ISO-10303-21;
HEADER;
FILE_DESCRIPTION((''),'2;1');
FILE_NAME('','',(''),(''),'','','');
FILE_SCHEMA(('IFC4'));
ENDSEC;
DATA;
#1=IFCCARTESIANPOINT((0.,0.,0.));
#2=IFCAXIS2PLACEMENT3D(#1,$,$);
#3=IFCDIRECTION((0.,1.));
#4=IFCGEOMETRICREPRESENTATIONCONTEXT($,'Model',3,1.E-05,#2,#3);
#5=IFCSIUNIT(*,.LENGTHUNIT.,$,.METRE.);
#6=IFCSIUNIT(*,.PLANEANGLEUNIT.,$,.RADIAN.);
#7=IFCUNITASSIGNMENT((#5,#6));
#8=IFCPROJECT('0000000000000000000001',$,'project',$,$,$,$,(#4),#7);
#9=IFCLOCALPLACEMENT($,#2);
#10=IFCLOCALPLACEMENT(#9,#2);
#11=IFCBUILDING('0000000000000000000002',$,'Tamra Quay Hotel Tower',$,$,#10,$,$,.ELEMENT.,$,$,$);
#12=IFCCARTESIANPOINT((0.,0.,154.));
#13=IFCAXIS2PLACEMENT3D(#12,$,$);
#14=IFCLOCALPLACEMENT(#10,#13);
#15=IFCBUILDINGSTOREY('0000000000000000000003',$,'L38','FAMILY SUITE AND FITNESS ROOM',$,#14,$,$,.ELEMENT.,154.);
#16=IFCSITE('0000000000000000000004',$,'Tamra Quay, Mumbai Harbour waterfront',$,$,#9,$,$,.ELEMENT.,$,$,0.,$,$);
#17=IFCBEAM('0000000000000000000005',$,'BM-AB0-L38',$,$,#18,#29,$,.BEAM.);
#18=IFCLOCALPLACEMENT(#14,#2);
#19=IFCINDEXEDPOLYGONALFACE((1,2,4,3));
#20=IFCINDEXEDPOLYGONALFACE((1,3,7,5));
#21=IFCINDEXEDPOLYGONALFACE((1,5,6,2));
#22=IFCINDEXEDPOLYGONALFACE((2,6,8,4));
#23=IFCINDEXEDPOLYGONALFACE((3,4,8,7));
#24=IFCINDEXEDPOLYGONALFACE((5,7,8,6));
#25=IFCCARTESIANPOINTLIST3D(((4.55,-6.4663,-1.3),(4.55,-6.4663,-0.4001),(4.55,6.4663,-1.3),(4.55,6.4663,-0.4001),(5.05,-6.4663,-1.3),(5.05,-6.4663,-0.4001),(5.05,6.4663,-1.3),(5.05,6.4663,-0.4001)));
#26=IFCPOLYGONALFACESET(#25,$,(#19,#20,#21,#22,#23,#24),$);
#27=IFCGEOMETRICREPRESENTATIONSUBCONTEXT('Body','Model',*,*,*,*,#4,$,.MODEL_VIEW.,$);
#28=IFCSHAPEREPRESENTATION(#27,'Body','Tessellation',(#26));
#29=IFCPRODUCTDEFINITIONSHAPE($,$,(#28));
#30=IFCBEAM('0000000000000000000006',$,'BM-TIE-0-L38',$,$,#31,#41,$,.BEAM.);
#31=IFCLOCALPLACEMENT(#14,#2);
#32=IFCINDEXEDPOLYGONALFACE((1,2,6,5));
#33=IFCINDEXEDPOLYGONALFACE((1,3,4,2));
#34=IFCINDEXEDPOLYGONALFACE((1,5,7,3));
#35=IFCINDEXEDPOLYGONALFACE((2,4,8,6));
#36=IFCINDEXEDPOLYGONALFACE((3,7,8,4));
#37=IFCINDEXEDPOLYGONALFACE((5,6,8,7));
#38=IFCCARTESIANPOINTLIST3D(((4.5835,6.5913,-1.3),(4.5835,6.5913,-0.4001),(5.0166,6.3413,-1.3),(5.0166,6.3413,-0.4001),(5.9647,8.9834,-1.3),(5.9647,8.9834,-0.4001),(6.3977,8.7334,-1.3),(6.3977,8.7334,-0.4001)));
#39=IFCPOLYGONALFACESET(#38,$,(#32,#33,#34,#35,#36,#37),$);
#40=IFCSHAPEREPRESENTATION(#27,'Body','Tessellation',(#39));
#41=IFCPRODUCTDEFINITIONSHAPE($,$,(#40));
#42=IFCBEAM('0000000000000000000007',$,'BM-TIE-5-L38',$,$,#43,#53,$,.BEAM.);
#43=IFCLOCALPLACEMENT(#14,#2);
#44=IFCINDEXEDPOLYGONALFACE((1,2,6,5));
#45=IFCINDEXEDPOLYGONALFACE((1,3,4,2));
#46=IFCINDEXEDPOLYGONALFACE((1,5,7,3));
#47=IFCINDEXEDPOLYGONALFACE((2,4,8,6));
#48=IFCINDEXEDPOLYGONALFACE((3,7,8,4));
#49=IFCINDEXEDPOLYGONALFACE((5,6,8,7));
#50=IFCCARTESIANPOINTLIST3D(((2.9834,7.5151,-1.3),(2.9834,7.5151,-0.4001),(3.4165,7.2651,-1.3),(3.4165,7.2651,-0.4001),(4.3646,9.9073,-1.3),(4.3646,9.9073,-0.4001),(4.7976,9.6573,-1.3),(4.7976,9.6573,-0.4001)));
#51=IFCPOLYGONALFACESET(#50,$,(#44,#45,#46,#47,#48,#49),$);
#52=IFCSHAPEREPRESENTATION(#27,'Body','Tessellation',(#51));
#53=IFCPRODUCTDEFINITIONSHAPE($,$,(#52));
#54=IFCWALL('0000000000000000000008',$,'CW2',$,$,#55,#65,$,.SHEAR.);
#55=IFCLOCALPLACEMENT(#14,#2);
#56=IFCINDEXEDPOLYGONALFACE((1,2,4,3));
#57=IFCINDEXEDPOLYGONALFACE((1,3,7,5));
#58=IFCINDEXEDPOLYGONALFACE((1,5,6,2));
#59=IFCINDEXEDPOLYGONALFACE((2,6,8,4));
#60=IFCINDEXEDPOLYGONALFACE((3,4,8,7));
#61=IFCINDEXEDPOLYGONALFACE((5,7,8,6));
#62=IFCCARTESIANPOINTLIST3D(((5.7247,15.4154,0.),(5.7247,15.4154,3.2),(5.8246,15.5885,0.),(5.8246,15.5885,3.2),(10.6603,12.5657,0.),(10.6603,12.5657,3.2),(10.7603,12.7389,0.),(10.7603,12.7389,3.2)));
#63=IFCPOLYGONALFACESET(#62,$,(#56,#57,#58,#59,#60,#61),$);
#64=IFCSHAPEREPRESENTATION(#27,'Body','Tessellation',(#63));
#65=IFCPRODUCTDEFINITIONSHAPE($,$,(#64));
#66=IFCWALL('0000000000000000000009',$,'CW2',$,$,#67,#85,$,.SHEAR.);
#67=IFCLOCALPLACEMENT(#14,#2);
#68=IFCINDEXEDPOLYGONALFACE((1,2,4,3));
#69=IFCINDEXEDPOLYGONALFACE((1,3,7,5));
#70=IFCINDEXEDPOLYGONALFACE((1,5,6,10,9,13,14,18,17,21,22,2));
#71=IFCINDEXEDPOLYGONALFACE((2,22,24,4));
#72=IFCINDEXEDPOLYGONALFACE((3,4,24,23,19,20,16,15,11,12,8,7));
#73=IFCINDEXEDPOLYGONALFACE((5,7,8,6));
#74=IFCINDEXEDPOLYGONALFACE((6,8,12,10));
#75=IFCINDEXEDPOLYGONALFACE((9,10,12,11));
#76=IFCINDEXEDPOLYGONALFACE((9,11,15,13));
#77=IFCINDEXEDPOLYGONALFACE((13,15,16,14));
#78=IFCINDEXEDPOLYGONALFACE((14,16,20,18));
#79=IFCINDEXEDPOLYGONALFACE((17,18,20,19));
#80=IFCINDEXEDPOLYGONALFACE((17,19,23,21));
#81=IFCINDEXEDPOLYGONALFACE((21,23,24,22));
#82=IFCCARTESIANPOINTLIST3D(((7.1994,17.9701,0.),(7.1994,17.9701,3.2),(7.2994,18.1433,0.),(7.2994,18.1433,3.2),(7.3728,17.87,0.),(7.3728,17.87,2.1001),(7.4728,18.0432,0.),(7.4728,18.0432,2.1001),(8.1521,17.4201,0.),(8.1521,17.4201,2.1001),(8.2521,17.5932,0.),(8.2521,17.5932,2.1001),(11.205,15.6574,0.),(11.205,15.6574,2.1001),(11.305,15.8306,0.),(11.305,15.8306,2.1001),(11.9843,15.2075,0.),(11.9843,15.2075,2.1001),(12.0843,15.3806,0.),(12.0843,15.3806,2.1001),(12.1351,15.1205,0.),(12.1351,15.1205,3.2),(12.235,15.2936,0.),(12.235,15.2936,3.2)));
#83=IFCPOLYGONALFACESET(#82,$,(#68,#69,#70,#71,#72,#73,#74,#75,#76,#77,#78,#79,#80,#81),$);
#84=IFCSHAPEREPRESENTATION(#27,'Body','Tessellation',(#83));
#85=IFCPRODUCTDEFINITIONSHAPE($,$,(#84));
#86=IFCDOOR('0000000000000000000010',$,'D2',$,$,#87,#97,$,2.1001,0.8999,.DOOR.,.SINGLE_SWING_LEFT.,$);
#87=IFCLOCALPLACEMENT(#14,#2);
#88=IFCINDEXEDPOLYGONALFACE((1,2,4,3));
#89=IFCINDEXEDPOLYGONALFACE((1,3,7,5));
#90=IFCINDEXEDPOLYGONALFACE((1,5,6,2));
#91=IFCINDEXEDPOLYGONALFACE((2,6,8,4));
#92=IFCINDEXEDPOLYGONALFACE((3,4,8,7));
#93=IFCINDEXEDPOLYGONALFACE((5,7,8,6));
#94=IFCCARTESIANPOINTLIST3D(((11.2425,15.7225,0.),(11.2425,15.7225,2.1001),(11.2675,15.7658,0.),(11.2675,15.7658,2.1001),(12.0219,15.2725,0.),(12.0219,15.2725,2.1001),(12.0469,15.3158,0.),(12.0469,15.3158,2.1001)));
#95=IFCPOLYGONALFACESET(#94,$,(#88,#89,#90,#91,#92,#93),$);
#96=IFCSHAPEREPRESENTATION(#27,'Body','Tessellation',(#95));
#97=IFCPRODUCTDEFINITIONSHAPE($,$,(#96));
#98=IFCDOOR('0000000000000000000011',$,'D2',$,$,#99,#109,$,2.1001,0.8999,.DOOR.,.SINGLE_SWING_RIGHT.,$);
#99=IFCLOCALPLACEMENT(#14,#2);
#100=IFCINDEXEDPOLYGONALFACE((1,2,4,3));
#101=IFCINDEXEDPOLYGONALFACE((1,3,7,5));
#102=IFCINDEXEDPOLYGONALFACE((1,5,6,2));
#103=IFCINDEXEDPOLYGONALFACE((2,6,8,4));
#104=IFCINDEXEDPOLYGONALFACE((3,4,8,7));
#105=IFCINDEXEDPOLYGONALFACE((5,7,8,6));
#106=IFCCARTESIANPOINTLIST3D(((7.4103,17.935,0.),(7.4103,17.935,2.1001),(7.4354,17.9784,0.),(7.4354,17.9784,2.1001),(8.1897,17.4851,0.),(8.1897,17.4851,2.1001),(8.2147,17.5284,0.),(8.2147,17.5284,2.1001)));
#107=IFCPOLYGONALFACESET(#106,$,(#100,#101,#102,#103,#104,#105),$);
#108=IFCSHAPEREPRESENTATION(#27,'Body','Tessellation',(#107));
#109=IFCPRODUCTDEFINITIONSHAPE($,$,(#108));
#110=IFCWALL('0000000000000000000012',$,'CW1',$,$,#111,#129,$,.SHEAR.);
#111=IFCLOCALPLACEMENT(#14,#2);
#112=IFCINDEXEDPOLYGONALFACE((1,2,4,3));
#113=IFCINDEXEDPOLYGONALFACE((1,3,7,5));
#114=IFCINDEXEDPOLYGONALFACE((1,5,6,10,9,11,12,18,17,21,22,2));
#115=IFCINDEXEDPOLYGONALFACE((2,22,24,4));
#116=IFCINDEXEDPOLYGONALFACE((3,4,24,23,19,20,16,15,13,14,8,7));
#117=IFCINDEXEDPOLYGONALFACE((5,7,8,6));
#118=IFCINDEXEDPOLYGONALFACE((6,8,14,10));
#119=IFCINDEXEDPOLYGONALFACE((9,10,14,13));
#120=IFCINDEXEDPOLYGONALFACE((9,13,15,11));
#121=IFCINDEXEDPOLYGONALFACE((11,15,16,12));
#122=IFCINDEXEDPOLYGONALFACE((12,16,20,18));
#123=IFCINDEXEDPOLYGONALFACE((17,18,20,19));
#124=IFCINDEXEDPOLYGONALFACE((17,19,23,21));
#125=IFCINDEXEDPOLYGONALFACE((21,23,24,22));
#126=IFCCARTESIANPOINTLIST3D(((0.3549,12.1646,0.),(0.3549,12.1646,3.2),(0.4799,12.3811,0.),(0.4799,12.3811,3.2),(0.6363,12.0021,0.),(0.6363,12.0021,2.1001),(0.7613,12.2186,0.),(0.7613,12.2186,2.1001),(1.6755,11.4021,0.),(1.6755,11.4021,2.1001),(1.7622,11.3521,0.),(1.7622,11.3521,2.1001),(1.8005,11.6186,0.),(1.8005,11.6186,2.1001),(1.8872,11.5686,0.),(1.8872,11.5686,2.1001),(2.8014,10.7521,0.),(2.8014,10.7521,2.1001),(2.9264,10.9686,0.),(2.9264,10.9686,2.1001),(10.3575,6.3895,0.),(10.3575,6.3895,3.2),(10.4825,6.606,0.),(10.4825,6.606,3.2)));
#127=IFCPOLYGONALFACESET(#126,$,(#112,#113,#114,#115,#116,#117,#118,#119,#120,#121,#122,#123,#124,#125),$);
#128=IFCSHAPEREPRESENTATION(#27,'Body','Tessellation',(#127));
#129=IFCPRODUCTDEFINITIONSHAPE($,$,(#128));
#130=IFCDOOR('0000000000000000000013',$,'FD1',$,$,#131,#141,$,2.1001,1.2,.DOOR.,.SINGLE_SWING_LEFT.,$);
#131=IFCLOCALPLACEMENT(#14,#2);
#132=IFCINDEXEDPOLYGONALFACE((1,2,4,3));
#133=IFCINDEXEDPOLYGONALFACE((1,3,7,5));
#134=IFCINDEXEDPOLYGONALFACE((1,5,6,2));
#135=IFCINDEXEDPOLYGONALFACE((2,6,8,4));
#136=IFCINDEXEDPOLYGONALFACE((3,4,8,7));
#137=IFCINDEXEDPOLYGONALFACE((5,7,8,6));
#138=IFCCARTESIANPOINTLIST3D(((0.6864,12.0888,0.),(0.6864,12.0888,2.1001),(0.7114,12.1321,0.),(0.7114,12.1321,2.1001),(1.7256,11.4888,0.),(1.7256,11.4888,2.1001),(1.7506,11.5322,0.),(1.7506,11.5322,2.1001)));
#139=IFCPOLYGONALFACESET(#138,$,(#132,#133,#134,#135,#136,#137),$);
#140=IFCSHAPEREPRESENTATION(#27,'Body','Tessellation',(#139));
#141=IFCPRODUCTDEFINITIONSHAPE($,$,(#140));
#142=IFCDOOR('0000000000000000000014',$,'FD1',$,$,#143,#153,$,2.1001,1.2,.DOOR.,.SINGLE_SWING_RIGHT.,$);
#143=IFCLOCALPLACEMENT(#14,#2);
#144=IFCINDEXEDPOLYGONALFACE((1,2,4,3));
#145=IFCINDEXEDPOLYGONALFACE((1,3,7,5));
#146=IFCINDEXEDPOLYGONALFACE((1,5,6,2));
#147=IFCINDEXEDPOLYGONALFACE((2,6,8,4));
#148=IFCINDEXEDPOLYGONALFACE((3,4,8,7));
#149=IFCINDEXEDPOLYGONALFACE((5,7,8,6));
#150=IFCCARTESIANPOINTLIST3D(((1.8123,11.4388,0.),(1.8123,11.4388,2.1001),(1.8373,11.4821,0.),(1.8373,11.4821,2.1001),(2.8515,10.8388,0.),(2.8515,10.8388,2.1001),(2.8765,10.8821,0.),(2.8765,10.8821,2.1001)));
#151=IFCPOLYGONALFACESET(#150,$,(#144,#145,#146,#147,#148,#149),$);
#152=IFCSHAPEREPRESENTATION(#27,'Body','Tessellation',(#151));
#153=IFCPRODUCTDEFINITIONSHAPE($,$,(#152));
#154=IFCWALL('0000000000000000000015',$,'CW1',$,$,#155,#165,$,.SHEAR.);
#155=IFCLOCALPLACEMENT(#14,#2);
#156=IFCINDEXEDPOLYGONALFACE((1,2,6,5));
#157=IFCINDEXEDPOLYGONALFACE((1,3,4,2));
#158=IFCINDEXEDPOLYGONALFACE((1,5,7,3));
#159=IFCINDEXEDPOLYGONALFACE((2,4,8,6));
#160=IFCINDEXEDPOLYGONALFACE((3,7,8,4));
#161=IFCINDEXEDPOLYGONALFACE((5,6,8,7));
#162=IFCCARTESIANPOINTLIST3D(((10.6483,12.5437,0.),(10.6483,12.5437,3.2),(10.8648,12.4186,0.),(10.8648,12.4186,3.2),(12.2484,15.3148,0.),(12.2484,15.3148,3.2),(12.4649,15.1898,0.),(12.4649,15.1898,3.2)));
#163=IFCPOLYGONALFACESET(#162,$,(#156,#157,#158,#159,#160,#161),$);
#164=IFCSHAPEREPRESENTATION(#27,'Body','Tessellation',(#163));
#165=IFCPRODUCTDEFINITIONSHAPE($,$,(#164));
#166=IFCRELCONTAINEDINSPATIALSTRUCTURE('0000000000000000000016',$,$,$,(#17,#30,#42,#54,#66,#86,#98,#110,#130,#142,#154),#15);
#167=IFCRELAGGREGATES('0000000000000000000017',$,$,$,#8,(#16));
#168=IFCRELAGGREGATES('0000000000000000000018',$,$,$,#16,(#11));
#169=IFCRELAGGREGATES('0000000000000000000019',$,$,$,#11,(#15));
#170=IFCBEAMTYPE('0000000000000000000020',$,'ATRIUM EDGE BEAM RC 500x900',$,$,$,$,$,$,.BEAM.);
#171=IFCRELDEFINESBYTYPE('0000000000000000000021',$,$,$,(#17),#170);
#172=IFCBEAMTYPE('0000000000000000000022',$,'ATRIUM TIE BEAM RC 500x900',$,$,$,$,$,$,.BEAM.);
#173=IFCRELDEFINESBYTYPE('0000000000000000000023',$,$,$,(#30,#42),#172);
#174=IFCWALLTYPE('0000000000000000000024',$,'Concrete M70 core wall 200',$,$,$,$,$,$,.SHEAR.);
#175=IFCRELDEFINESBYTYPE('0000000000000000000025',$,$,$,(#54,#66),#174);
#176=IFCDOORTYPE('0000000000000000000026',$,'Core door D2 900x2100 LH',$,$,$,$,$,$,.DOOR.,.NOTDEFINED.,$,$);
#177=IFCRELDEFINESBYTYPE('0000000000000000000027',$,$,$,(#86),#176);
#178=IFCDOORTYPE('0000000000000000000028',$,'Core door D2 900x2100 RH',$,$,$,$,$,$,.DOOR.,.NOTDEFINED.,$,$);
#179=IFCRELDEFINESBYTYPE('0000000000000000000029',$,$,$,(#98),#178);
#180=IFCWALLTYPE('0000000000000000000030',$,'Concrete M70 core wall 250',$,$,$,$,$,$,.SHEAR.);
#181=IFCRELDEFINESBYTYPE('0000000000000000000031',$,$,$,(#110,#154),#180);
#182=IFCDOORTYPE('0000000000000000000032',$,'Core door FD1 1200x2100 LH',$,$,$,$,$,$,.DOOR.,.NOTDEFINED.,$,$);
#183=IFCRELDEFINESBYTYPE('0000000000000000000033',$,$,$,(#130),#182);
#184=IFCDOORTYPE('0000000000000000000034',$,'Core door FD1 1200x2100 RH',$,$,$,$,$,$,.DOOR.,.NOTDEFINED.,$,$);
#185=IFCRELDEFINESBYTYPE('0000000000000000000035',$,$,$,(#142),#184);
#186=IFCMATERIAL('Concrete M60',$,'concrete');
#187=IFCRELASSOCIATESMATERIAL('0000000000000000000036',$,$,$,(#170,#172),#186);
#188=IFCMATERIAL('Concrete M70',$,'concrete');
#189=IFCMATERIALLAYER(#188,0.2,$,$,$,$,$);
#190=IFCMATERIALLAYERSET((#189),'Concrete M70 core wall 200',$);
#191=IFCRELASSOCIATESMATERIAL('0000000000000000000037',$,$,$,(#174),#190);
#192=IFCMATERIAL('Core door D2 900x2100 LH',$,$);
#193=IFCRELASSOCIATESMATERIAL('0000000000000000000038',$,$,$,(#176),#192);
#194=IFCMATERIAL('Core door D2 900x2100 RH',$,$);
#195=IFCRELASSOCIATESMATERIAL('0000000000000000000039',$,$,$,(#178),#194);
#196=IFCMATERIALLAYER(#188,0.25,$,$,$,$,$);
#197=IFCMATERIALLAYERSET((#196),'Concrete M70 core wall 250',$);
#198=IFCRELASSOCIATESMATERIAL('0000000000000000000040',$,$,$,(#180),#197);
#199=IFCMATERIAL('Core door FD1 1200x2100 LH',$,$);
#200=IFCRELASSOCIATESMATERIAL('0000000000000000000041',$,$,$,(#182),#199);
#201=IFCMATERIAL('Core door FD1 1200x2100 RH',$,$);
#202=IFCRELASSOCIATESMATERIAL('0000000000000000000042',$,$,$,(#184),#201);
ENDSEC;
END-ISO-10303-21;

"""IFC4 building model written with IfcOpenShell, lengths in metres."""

from ifc_helpers import new_model, si_unit, direction, frame, frame_2d, origin, origin_2d, place, context, subcontext, project, spatial, rectangle, extrude, material, layer, layer_set, material_profile, profile_set, type_object, element, fill, save


model = new_model("IFC4")

# Units and contexts
model_context = context("Model", 3, precision=1e-05, world=origin(), true_north=direction((0.0, 1.0)))
body_context = subcontext(model_context, "Body", "Model", "MODEL_VIEW")
ifc_project = project(units=[si_unit("LENGTHUNIT", "METRE"), si_unit("PLANEANGLEUNIT", "RADIAN")], contexts=[model_context])

# Site, building, storey
site_placement = place(None, origin())
site = spatial("IfcSite", under=ifc_project, at=site_placement, Name="Tamra Quay, Mumbai Harbour waterfront", CompositionType="ELEMENT", RefElevation=0.0)
building_placement = place(site_placement, origin())
building = spatial("IfcBuilding", under=site, at=building_placement, Name="Tamra Quay Hotel Tower", CompositionType="ELEMENT")
storey_placement = place(building_placement, frame((0.0, 0.0, 154.0)))
storey = spatial("IfcBuildingStorey", under=building, at=storey_placement, Name="L38", Description="FAMILY SUITE AND FITNESS ROOM", CompositionType="ELEMENT", Elevation=154.0)

# Beams
ifc_material_1 = material(Name="Concrete M60", Category="concrete")
ifc_material_profile_1 = material_profile(ifc_material_1, rectangle(XDim=0.5, YDim=0.8999, at=origin_2d()), Name="ATRIUM EDGE BEAM RC 500x900")
ifc_profile_set_1 = profile_set([ifc_material_profile_1], Name="Concrete M60")
beam_type_1 = type_object("IfcBeamType", Name="ATRIUM EDGE BEAM RC 500x900", PredefinedType="BEAM", material=ifc_profile_set_1)
beam_placement = place(storey_placement, frame((4.8, 6.4663, -0.8501), z_axis=(0.0, -1.0, 0.0), x_axis=(1.0, 0.0, 0.0)))
element("IfcBeam", 1, at=beam_placement, inside=storey, type_object=beam_type_1, Name="BM-AB0-L38", PredefinedType="BEAM", context=body_context, shape_type="SweptSolid", body=[
    extrude(rectangle(XDim=0.5, YDim=0.8999, at=origin_2d()), origin(), (0.0, 0.0, 1.0), 12.9326),
])
ifc_material_profile_2 = material_profile(ifc_material_1, rectangle(XDim=0.5, YDim=0.8999, at=origin_2d()), Name="ATRIUM TIE BEAM RC 500x900")
ifc_profile_set_2 = profile_set([ifc_material_profile_2], Name="Concrete M60")
beam_type_2 = type_object("IfcBeamType", Name="ATRIUM TIE BEAM RC 500x900", PredefinedType="BEAM", material=ifc_profile_set_2)
for number, where, z_axis, x_axis, name in (
    (2, (4.8, 6.4663, -0.8501), (0.500008, 0.866021, 0.0), (-0.866021, 0.500008, 0.0), "BM-TIE-0-L38"),
    (3, (3.2, 7.3901, -0.8501), (0.500008, 0.866021, 0.0), (-0.866021, 0.500008, 0.0), "BM-TIE-5-L38"),
):
    element("IfcBeam", number, at=place(storey_placement, frame(where, z_axis=z_axis, x_axis=x_axis)), inside=storey, type_object=beam_type_2, Name=name, PredefinedType="BEAM", context=body_context, shape_type="SweptSolid", body=[
        extrude(rectangle(XDim=0.5, YDim=0.8999, at=origin_2d()), origin(), (0.0, 0.0, 1.0), 2.7622),
    ])

# Wall
ifc_material_2 = material(Name="Concrete M70", Category="concrete")
ifc_layer_1 = layer(ifc_material_2, 0.2)
ifc_layer_set_1 = layer_set([ifc_layer_1], Name="Concrete M70 core wall 200")
wall_type_1 = type_object("IfcWallType", Name="Concrete M70 core wall 200", PredefinedType="SHEAR", material=ifc_layer_set_1)
wall_1_placement = place(storey_placement, frame((5.7747, 15.502, 0.0), z_axis=(0.0, 0.0, 1.0), x_axis=(0.86602, -0.500009, 0.0)))
element("IfcWall", 4, at=wall_1_placement, inside=storey, type_object=wall_type_1, Name="CW2", PredefinedType="SHEAR", context=body_context, shape_type="SweptSolid", body=[
    extrude(rectangle(XDim=5.6992, YDim=0.2, at=frame_2d((2.8496, 0.0))), origin(), (0.0, 0.0, 1.0), 3.2),
])

# Walls, openings, doors
wall_2_placement = place(storey_placement, frame((12.1851, 15.207, 0.0), z_axis=(0.0, 0.0, 1.0), x_axis=(-0.86602, 0.500009, 0.0)))
wall_2 = element("IfcWall", 5, at=wall_2_placement, inside=storey, type_object=wall_type_1, Name="CW2", PredefinedType="SHEAR", context=body_context, shape_type="SweptSolid", body=[
    extrude(rectangle(XDim=5.6992, YDim=0.2, at=frame_2d((2.8496, 0.0))), origin(), (0.0, 0.0, 1.0), 3.2),
])
opening_1_placement = place(wall_2_placement, frame((0.1741, 0.0, 0.0)))
opening_1 = element("IfcOpeningElement", 6, at=opening_1_placement, cuts=wall_2, PredefinedType="OPENING", context=body_context, shape_type="SweptSolid", body=[
    extrude(rectangle(XDim=0.8999, YDim=2.1001, at=frame_2d((0.45, 1.05))), frame((0.0, 0.1099, 0.0), z_axis=(0.0, -1.0, 0.0), x_axis=(1.0, 0.0, 0.0)), (0.0, 0.0, 1.0), 0.22),
])
opening_2_placement = place(wall_2_placement, frame((4.5991, 0.0, 0.0)))
opening_2 = element("IfcOpeningElement", 7, at=opening_2_placement, cuts=wall_2, PredefinedType="OPENING", context=body_context, shape_type="SweptSolid", body=[
    extrude(rectangle(XDim=0.8999, YDim=2.1001, at=frame_2d((0.45, 1.05))), frame((0.0, 0.1099, 0.0), z_axis=(0.0, -1.0, 0.0), x_axis=(1.0, 0.0, 0.0)), (0.0, 0.0, 1.0), 0.22),
])
ifc_material_3 = material(Name="Core door D2 900x2100 LH")
door_type_1 = type_object("IfcDoorType", Name="Core door D2 900x2100 LH", OperationType="NOTDEFINED", PredefinedType="DOOR", material=ifc_material_3)
door_1_placement = place(opening_1_placement, origin())
door_1 = element("IfcDoor", 8, at=door_1_placement, inside=storey, type_object=door_type_1, Name="D2", OperationType="SINGLE_SWING_LEFT", OverallHeight=2.1001, OverallWidth=0.8999, PredefinedType="DOOR", context=body_context, shape_type="SweptSolid", body=[
    extrude(rectangle(XDim=0.8999, YDim=2.1001, at=frame_2d((0.45, 1.05))), frame((0.0, 0.0249, 0.0), z_axis=(0.0, -1.0, 0.0), x_axis=(1.0, 0.0, 0.0)), (0.0, 0.0, 1.0), 0.05),
])
fill(opening_1, door_1)
ifc_material_4 = material(Name="Core door D2 900x2100 RH")
door_type_2 = type_object("IfcDoorType", Name="Core door D2 900x2100 RH", OperationType="NOTDEFINED", PredefinedType="DOOR", material=ifc_material_4)
door_2_placement = place(opening_2_placement, origin())
door_2 = element("IfcDoor", 9, at=door_2_placement, inside=storey, type_object=door_type_2, Name="D2", OperationType="SINGLE_SWING_RIGHT", OverallHeight=2.1001, OverallWidth=0.8999, PredefinedType="DOOR", context=body_context, shape_type="SweptSolid", body=[
    extrude(rectangle(XDim=0.8999, YDim=2.1001, at=frame_2d((0.45, 1.05))), frame((0.0, 0.0249, 0.0), z_axis=(0.0, -1.0, 0.0), x_axis=(1.0, 0.0, 0.0)), (0.0, 0.0, 1.0), 0.05),
])
fill(opening_2, door_2)
ifc_layer_2 = layer(ifc_material_2, 0.25)
ifc_layer_set_2 = layer_set([ifc_layer_2], Name="Concrete M70 core wall 250")
wall_type_2 = type_object("IfcWallType", Name="Concrete M70 core wall 250", PredefinedType="SHEAR", material=ifc_layer_set_2)
wall_3_placement = place(storey_placement, frame((10.4199, 6.4978, 0.0), z_axis=(0.0, 0.0, 1.0), x_axis=(-0.866022, 0.500006, 0.0)))
wall_3 = element("IfcWall", 10, at=wall_3_placement, inside=storey, type_object=wall_type_2, Name="CW1", PredefinedType="SHEAR", context=body_context, shape_type="SweptSolid", body=[
    extrude(rectangle(XDim=11.55, YDim=0.25, at=frame_2d((5.7749, 0.0))), origin(), (0.0, 0.0, 1.0), 3.2),
])
opening_3_placement = place(wall_3_placement, frame((10.0249, 0.0, 0.0)))
opening_3 = element("IfcOpeningElement", 11, at=opening_3_placement, cuts=wall_3, PredefinedType="OPENING", context=body_context, shape_type="SweptSolid", body=[
    extrude(rectangle(XDim=1.2, YDim=2.1001, at=frame_2d((0.6001, 1.05))), frame((0.0, 0.135, 0.0), z_axis=(0.0, -1.0, 0.0), x_axis=(1.0, 0.0, 0.0)), (0.0, 0.0, 1.0), 0.27),
])
opening_4_placement = place(wall_3_placement, frame((8.7249, 0.0, 0.0)))
opening_4 = element("IfcOpeningElement", 12, at=opening_4_placement, cuts=wall_3, PredefinedType="OPENING", context=body_context, shape_type="SweptSolid", body=[
    extrude(rectangle(XDim=1.2, YDim=2.1001, at=frame_2d((0.6001, 1.05))), frame((0.0, 0.135, 0.0), z_axis=(0.0, -1.0, 0.0), x_axis=(1.0, 0.0, 0.0)), (0.0, 0.0, 1.0), 0.27),
])
ifc_material_5 = material(Name="Core door FD1 1200x2100 LH")
door_type_3 = type_object("IfcDoorType", Name="Core door FD1 1200x2100 LH", OperationType="NOTDEFINED", PredefinedType="DOOR", material=ifc_material_5)
door_3_placement = place(opening_3_placement, origin())
door_3 = element("IfcDoor", 13, at=door_3_placement, inside=storey, type_object=door_type_3, Name="FD1", OperationType="SINGLE_SWING_LEFT", OverallHeight=2.1001, OverallWidth=1.2, PredefinedType="DOOR", context=body_context, shape_type="SweptSolid", body=[
    extrude(rectangle(XDim=1.2, YDim=2.1001, at=frame_2d((0.6001, 1.05))), frame((0.0, 0.0249, 0.0), z_axis=(0.0, -1.0, 0.0), x_axis=(1.0, 0.0, 0.0)), (0.0, 0.0, 1.0), 0.05),
])
fill(opening_3, door_3)
ifc_material_6 = material(Name="Core door FD1 1200x2100 RH")
door_type_4 = type_object("IfcDoorType", Name="Core door FD1 1200x2100 RH", OperationType="NOTDEFINED", PredefinedType="DOOR", material=ifc_material_6)
door_4_placement = place(opening_4_placement, origin())
door_4 = element("IfcDoor", 14, at=door_4_placement, inside=storey, type_object=door_type_4, Name="FD1", OperationType="SINGLE_SWING_RIGHT", OverallHeight=2.1001, OverallWidth=1.2, PredefinedType="DOOR", context=body_context, shape_type="SweptSolid", body=[
    extrude(rectangle(XDim=1.2, YDim=2.1001, at=frame_2d((0.6001, 1.05))), frame((0.0, 0.0249, 0.0), z_axis=(0.0, -1.0, 0.0), x_axis=(1.0, 0.0, 0.0)), (0.0, 0.0, 1.0), 0.05),
])
fill(opening_4, door_4)

# Wall
wall_4_placement = place(storey_placement, frame((12.3567, 15.2524, 0.0), z_axis=(0.0, 0.0, 1.0), x_axis=(-0.500028, -0.866009, 0.0)))
element("IfcWall", 15, at=wall_4_placement, inside=storey, type_object=wall_type_2, Name="CW1", PredefinedType="SHEAR", context=body_context, shape_type="SweptSolid", body=[
    extrude(rectangle(XDim=3.2, YDim=0.25, at=frame_2d((1.6001, 0.0))), origin(), (0.0, 0.0, 1.0), 3.2),
])

save(model, "model.ifc")
